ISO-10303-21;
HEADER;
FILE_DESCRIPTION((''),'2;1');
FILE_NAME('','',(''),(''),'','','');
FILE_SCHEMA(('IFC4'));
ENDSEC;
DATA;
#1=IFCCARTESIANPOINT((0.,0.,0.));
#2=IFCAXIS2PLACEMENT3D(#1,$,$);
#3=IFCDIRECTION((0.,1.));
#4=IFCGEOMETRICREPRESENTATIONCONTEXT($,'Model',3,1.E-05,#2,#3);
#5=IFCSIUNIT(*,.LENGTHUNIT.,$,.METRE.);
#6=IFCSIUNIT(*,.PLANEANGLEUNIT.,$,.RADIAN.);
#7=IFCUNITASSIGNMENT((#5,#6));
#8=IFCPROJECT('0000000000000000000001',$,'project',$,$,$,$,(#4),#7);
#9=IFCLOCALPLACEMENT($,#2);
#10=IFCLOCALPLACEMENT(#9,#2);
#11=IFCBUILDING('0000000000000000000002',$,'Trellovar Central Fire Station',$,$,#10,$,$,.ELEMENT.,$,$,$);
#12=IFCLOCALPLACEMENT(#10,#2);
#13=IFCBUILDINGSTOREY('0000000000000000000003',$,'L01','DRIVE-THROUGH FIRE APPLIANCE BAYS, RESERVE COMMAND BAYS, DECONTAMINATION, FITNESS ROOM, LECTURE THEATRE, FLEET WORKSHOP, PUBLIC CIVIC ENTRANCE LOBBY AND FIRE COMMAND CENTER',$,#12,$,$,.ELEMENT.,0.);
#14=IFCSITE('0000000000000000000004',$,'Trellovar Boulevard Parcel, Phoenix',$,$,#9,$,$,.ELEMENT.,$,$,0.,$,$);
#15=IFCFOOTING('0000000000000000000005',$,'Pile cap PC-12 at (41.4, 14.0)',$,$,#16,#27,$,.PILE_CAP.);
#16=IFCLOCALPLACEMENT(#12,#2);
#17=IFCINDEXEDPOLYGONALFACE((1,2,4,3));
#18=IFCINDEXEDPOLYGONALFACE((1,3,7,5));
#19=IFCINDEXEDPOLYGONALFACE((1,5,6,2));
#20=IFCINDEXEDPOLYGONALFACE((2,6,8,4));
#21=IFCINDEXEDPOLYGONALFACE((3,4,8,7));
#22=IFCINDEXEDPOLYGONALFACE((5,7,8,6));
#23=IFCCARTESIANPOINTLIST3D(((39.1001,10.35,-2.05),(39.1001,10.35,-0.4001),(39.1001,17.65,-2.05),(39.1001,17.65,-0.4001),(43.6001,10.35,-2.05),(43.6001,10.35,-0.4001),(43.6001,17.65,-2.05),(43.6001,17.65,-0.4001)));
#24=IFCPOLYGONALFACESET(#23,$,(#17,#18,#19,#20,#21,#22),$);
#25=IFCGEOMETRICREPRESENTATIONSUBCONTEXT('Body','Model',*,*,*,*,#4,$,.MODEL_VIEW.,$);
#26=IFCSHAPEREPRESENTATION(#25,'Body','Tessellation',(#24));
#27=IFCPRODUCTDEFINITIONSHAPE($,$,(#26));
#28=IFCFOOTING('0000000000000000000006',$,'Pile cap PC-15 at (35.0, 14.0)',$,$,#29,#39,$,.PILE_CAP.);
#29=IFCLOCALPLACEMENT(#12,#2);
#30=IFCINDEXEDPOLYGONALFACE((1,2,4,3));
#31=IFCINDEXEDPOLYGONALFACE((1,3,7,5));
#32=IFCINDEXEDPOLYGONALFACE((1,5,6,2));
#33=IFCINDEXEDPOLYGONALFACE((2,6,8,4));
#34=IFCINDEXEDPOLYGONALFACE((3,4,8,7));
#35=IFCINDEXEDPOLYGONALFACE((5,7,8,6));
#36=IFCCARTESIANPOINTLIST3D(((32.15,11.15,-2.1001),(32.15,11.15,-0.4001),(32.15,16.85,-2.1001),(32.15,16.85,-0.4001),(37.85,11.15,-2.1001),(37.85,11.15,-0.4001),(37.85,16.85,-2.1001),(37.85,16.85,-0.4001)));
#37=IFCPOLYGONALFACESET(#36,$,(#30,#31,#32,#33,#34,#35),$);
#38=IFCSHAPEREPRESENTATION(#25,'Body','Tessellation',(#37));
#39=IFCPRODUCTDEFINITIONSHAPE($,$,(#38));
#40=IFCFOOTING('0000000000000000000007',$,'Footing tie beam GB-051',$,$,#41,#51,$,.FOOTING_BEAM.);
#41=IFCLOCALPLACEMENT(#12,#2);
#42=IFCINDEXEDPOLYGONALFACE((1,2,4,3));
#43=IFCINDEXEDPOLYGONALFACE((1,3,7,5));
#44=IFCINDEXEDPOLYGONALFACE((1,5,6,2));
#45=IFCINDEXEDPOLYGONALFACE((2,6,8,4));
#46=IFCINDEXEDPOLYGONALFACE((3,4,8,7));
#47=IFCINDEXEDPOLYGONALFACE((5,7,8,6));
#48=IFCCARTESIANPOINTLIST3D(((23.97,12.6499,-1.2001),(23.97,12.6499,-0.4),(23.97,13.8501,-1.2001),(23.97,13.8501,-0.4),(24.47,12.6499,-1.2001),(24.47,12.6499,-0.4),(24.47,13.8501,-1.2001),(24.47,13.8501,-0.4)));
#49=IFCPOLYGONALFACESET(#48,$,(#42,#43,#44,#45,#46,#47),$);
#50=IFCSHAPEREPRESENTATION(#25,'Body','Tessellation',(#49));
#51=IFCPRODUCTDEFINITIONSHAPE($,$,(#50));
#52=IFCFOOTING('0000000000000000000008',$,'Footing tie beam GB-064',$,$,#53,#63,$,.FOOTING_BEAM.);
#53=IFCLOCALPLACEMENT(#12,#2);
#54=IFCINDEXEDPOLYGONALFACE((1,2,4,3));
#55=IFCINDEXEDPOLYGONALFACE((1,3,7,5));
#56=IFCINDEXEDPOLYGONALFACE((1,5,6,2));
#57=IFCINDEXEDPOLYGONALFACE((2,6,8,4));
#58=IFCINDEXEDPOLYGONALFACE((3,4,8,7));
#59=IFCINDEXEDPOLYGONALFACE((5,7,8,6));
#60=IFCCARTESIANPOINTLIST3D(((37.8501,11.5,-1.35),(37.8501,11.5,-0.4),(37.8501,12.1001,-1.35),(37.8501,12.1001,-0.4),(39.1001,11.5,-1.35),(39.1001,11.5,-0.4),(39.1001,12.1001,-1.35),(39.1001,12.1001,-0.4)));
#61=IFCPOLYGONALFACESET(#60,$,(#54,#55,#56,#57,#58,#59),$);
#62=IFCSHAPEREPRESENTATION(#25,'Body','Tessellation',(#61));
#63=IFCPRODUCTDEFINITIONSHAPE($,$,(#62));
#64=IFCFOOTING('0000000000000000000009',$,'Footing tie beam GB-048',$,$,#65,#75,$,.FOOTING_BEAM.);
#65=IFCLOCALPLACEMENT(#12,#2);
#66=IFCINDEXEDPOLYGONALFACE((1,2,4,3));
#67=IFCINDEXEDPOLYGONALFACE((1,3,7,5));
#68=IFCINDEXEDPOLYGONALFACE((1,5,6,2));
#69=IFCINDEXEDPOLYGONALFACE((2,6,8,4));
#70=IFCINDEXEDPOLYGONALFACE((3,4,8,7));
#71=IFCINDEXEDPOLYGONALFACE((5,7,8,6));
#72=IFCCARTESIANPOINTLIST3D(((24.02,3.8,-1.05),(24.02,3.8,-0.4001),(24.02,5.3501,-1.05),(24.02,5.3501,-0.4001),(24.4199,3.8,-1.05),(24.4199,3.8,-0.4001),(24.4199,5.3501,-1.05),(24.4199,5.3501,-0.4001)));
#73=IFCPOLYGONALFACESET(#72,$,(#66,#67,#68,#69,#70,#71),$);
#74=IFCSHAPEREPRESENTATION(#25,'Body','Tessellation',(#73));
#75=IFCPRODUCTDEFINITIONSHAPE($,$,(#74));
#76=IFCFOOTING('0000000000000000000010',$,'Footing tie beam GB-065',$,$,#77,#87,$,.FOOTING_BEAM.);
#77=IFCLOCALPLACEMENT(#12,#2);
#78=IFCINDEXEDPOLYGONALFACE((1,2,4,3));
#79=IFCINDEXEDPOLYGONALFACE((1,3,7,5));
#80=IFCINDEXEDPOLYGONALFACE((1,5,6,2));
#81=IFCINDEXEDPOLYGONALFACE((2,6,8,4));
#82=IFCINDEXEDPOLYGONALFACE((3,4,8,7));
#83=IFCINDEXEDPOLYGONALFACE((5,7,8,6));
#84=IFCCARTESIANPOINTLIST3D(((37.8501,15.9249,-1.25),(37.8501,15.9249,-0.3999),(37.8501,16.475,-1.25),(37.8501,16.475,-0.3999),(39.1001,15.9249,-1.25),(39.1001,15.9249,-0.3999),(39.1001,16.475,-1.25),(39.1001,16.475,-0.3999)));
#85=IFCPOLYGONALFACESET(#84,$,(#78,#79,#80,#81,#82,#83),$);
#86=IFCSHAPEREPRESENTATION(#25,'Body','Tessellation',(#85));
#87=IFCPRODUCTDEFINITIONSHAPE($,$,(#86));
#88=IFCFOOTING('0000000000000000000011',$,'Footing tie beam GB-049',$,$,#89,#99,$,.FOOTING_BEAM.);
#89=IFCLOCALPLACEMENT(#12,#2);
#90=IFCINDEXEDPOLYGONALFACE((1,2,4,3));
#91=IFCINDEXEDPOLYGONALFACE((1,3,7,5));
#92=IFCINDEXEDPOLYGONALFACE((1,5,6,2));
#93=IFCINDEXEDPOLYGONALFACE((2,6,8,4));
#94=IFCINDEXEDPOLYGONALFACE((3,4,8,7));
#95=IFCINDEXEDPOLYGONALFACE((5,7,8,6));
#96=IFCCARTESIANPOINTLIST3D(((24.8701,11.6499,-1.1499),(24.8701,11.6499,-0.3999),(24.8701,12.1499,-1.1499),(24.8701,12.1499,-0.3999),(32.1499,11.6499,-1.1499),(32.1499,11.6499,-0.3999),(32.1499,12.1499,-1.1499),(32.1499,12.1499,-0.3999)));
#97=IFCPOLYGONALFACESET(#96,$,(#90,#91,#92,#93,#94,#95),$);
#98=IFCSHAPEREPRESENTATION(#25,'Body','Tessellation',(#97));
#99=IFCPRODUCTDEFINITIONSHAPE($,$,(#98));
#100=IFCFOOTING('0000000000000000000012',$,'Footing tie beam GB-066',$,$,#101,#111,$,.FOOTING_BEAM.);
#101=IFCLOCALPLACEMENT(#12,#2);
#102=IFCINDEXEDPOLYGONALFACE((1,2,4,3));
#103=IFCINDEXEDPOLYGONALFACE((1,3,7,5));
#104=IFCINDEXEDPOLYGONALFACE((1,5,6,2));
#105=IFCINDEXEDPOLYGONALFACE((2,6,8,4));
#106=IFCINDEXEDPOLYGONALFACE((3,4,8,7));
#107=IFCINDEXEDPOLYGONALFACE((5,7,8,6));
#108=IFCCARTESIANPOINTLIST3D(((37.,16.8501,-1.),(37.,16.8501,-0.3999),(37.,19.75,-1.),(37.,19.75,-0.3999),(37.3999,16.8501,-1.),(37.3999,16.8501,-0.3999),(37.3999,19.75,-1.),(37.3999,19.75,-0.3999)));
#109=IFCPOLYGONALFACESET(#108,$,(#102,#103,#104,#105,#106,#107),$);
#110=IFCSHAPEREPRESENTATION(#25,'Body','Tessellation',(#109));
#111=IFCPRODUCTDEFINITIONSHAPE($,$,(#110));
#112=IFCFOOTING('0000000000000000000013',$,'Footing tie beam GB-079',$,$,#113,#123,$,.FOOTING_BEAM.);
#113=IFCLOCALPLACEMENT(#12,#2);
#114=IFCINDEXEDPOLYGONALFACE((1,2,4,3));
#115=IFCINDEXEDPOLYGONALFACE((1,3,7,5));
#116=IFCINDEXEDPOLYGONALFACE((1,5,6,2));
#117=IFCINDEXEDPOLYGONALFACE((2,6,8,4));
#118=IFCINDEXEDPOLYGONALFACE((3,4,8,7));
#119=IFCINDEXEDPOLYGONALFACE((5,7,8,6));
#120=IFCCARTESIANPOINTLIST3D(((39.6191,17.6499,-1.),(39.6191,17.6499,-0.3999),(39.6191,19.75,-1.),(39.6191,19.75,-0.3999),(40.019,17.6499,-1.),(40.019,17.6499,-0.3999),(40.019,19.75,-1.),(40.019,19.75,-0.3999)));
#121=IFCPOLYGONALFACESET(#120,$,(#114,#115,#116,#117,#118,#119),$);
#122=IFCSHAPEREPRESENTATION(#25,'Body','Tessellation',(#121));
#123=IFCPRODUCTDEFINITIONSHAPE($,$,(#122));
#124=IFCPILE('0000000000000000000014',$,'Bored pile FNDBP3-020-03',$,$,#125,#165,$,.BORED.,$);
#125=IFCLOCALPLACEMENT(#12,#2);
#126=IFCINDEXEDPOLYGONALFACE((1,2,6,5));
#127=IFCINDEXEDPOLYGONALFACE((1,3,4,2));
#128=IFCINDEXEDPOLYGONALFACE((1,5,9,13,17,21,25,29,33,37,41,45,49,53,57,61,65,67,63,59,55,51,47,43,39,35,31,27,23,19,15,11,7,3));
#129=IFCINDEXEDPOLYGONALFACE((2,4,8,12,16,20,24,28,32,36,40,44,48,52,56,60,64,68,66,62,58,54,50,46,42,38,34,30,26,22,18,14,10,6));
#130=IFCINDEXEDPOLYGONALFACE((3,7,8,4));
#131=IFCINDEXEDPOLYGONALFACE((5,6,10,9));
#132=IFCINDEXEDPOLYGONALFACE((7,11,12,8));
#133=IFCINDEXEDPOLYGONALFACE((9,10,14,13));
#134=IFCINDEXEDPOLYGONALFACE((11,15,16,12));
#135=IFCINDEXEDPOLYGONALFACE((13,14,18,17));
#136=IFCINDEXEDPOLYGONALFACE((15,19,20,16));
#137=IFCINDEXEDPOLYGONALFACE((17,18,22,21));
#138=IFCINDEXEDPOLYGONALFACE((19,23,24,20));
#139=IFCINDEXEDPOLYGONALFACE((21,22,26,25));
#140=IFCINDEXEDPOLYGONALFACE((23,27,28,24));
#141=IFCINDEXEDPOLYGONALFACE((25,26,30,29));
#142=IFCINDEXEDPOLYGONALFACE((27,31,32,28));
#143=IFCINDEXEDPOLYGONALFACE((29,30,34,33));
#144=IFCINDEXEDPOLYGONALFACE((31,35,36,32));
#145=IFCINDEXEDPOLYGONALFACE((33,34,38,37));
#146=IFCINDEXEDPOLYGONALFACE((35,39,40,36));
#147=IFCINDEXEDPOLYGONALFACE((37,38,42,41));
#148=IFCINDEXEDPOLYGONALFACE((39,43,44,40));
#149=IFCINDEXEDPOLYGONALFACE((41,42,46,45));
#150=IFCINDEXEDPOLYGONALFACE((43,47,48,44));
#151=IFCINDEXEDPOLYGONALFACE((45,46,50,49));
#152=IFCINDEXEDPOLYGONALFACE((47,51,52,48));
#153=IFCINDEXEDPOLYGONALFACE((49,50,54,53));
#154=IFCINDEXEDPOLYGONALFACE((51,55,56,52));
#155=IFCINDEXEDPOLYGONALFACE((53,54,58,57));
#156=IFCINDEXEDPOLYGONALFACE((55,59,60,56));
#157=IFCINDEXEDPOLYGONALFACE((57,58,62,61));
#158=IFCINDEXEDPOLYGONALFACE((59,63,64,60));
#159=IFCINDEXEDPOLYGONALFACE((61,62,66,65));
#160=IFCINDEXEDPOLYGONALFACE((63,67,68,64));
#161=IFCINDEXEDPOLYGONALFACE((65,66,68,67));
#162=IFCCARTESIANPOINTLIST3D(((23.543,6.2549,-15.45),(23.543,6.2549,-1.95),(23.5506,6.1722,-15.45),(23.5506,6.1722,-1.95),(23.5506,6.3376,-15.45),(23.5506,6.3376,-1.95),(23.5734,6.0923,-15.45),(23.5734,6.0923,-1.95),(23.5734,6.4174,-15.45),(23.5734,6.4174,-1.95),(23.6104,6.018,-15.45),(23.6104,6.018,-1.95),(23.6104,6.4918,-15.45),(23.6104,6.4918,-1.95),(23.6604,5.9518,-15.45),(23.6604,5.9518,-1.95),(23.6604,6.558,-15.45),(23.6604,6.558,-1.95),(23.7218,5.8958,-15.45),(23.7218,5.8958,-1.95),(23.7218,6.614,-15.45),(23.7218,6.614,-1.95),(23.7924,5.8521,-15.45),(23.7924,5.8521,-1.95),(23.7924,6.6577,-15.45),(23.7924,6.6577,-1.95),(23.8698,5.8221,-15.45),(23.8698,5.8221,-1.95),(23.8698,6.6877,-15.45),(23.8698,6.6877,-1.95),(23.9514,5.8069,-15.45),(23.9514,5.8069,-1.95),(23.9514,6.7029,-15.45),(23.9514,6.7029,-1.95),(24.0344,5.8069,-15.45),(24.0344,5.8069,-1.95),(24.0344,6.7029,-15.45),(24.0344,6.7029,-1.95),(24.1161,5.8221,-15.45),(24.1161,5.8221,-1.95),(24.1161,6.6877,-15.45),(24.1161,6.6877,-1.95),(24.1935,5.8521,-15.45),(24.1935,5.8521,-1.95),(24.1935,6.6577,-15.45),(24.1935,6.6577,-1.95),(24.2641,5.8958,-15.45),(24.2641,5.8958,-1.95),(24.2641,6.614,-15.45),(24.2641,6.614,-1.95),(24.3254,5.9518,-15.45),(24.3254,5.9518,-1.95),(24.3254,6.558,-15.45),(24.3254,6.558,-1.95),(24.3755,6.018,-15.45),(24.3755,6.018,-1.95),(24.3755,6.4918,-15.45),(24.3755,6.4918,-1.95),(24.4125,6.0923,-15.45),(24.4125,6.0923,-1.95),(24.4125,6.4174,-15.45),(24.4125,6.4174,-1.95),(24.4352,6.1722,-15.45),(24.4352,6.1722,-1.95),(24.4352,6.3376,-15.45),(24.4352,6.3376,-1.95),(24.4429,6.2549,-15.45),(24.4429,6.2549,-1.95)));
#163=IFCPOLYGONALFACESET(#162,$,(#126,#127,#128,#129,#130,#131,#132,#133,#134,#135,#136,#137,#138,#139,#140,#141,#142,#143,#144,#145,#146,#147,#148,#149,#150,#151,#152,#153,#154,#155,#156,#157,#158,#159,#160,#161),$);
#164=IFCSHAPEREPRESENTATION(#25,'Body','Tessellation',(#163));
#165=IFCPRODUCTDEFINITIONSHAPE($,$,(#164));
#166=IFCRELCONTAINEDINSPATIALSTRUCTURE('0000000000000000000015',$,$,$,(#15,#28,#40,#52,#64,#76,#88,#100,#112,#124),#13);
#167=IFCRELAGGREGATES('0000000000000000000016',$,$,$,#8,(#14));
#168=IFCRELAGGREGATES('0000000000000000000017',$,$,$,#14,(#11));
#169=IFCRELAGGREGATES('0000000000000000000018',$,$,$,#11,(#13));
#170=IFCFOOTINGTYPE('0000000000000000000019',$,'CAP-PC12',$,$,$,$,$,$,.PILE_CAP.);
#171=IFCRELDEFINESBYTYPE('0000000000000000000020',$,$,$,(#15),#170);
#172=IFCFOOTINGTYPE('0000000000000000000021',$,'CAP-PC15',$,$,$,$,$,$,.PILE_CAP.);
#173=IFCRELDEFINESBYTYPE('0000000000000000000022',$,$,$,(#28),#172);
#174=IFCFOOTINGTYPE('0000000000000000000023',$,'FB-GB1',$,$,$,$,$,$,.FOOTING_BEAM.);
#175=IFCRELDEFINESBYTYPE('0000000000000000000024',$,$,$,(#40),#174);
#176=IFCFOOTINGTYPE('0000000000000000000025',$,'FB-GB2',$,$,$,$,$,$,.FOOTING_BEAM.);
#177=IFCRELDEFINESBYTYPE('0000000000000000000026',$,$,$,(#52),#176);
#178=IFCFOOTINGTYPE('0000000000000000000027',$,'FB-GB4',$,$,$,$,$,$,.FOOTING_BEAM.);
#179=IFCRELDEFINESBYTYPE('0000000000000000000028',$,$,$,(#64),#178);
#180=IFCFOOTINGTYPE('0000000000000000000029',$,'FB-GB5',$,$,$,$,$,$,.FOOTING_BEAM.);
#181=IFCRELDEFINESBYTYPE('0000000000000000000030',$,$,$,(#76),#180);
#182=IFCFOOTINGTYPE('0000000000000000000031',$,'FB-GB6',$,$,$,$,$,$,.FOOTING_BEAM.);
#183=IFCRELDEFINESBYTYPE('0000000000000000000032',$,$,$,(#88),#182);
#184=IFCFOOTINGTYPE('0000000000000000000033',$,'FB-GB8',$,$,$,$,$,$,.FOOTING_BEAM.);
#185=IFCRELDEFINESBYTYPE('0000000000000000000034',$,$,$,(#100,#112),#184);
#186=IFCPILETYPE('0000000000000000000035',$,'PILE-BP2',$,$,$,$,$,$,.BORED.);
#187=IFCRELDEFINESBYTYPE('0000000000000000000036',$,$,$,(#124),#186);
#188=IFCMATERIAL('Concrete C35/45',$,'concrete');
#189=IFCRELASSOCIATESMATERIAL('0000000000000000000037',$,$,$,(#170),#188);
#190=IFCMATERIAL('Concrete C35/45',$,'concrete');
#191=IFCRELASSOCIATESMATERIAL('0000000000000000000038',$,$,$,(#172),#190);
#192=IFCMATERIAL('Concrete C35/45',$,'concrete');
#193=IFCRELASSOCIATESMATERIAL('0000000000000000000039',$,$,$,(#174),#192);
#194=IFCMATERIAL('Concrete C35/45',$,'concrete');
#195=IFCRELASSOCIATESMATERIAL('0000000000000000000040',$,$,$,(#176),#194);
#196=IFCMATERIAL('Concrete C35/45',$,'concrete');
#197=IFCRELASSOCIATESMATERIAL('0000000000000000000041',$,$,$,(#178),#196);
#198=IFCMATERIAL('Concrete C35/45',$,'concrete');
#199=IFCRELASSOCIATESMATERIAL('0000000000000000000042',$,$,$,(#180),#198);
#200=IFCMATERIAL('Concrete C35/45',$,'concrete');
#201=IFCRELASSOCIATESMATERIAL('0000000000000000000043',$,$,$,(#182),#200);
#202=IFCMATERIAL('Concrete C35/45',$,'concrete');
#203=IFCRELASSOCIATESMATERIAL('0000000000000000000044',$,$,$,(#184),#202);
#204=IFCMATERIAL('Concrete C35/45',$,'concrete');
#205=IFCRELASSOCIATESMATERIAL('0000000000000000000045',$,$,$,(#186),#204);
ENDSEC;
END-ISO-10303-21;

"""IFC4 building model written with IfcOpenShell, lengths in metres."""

from ifc_helpers import new_model, si_unit, direction, frame, origin, origin_2d, place, context, subcontext, project, spatial, rectangle, circle, extrude, material, material_profile, profile_set, type_object, element, save


model = new_model("IFC4")

# Units and contexts
model_context = context("Model", 3, precision=1e-05, world=origin(), true_north=direction((0.0, 1.0)))
body_context = subcontext(model_context, "Body", "Model", "MODEL_VIEW")
ifc_project = project(units=[si_unit("LENGTHUNIT", "METRE"), si_unit("PLANEANGLEUNIT", "RADIAN")], contexts=[model_context])

# Site, building, storey
site_placement = place(None, origin())
site = spatial("IfcSite", under=ifc_project, at=site_placement, Name="Trellovar Boulevard Parcel, Phoenix", CompositionType="ELEMENT", RefElevation=0.0)
building_placement = place(site_placement, origin())
building = spatial("IfcBuilding", under=site, at=building_placement, Name="Trellovar Central Fire Station", CompositionType="ELEMENT")
storey_placement = place(building_placement, origin())
storey = spatial("IfcBuildingStorey", under=building, at=storey_placement, Name="L01", Description="DRIVE-THROUGH FIRE APPLIANCE BAYS, RESERVE COMMAND BAYS, DECONTAMINATION, FITNESS ROOM, LECTURE THEATRE, FLEET WORKSHOP, PUBLIC CIVIC ENTRANCE LOBBY AND FIRE COMMAND CENTER", CompositionType="ELEMENT", Elevation=0.0)

# Footings
ifc_material_1 = material(Name="Concrete C35/45", Category="concrete")
footing_type_1 = type_object("IfcFootingType", Name="CAP-PC12", PredefinedType="PILE_CAP", material=ifc_material_1)
footing_1_placement = place(storey_placement, frame((41.3501, 14.0, -2.05), z_axis=(0.0, 0.0, 1.0), x_axis=(1.0, 0.0, 0.0)))
element("IfcFooting", 1, at=footing_1_placement, inside=storey, type_object=footing_type_1, Name="Pile cap PC-12 at (41.4, 14.0)", PredefinedType="PILE_CAP", context=body_context, shape_type="SweptSolid", body=[
    extrude(rectangle(XDim=4.5, YDim=7.3, at=origin_2d()), origin(), (0.0, 0.0, 1.0), 1.6499),
])
ifc_material_2 = material(Name="Concrete C35/45", Category="concrete")
footing_type_2 = type_object("IfcFootingType", Name="CAP-PC15", PredefinedType="PILE_CAP", material=ifc_material_2)
footing_2_placement = place(storey_placement, frame((35.0, 14.0, -2.1001), z_axis=(0.0, 0.0, 1.0), x_axis=(1.0, 0.0, 0.0)))
element("IfcFooting", 2, at=footing_2_placement, inside=storey, type_object=footing_type_2, Name="Pile cap PC-15 at (35.0, 14.0)", PredefinedType="PILE_CAP", context=body_context, shape_type="SweptSolid", body=[
    extrude(rectangle(XDim=5.7, YDim=5.7, at=origin_2d()), origin(), (0.0, 0.0, 1.0), 1.7),
])
ifc_material_3 = material(Name="Concrete C35/45", Category="concrete")
ifc_material_profile_1 = material_profile(ifc_material_3, rectangle(XDim=0.5, YDim=0.8, at=origin_2d()), Name="RC500X800")
ifc_profile_set_1 = profile_set([ifc_material_profile_1], Name="Concrete C35/45")
footing_type_3 = type_object("IfcFootingType", Name="FB-GB1", PredefinedType="FOOTING_BEAM", material=ifc_profile_set_1)
footing_3_placement = place(storey_placement, frame((24.22, 12.6499, -0.8), z_axis=(0.0, 1.0, 0.0), x_axis=(-1.0, 0.0, 0.0)))
element("IfcFooting", 3, at=footing_3_placement, inside=storey, type_object=footing_type_3, Name="Footing tie beam GB-051", PredefinedType="FOOTING_BEAM", context=body_context, shape_type="SweptSolid", body=[
    extrude(rectangle(XDim=0.5, YDim=0.8, at=origin_2d()), origin(), (0.0, 0.0, 1.0), 1.2002),
])
ifc_material_4 = material(Name="Concrete C35/45", Category="concrete")
ifc_material_profile_2 = material_profile(ifc_material_4, rectangle(XDim=0.6001, YDim=0.95, at=origin_2d()), Name="RC600X950")
ifc_profile_set_2 = profile_set([ifc_material_profile_2], Name="Concrete C35/45")
footing_type_4 = type_object("IfcFootingType", Name="FB-GB2", PredefinedType="FOOTING_BEAM", material=ifc_profile_set_2)
footing_4_placement = place(storey_placement, frame((37.8501, 11.8, -0.875), z_axis=(1.0, 0.0, 0.0), x_axis=(0.0, 1.0, 0.0)))
element("IfcFooting", 4, at=footing_4_placement, inside=storey, type_object=footing_type_4, Name="Footing tie beam GB-064", PredefinedType="FOOTING_BEAM", context=body_context, shape_type="SweptSolid", body=[
    extrude(rectangle(XDim=0.6001, YDim=0.95, at=origin_2d()), origin(), (0.0, 0.0, 1.0), 1.25),
])
ifc_material_5 = material(Name="Concrete C35/45", Category="concrete")
ifc_material_profile_3 = material_profile(ifc_material_5, rectangle(XDim=0.3999, YDim=0.6499, at=origin_2d()), Name="RC400X650")
ifc_profile_set_3 = profile_set([ifc_material_profile_3], Name="Concrete C35/45")
footing_type_5 = type_object("IfcFootingType", Name="FB-GB4", PredefinedType="FOOTING_BEAM", material=ifc_profile_set_3)
footing_5_placement = place(storey_placement, frame((24.22, 3.8, -0.7251), z_axis=(0.0, 1.0, 0.0), x_axis=(-1.0, 0.0, 0.0)))
element("IfcFooting", 5, at=footing_5_placement, inside=storey, type_object=footing_type_5, Name="Footing tie beam GB-048", PredefinedType="FOOTING_BEAM", context=body_context, shape_type="SweptSolid", body=[
    extrude(rectangle(XDim=0.3999, YDim=0.6499, at=origin_2d()), origin(), (0.0, 0.0, 1.0), 1.55),
])
ifc_material_6 = material(Name="Concrete C35/45", Category="concrete")
ifc_material_profile_4 = material_profile(ifc_material_6, rectangle(XDim=0.55, YDim=0.8501, at=origin_2d()), Name="RC550X850")
ifc_profile_set_4 = profile_set([ifc_material_profile_4], Name="Concrete C35/45")
footing_type_6 = type_object("IfcFootingType", Name="FB-GB5", PredefinedType="FOOTING_BEAM", material=ifc_profile_set_4)
footing_6_placement = place(storey_placement, frame((37.8501, 16.2, -0.825), z_axis=(1.0, 0.0, 0.0), x_axis=(0.0, 1.0, 0.0)))
element("IfcFooting", 6, at=footing_6_placement, inside=storey, type_object=footing_type_6, Name="Footing tie beam GB-065", PredefinedType="FOOTING_BEAM", context=body_context, shape_type="SweptSolid", body=[
    extrude(rectangle(XDim=0.55, YDim=0.8501, at=origin_2d()), origin(), (0.0, 0.0, 1.0), 1.25),
])
ifc_material_7 = material(Name="Concrete C35/45", Category="concrete")
ifc_material_profile_5 = material_profile(ifc_material_7, rectangle(XDim=0.5, YDim=0.75, at=origin_2d()), Name="RC500X750")
ifc_profile_set_5 = profile_set([ifc_material_profile_5], Name="Concrete C35/45")
footing_type_7 = type_object("IfcFootingType", Name="FB-GB6", PredefinedType="FOOTING_BEAM", material=ifc_profile_set_5)
footing_7_placement = place(storey_placement, frame((24.8701, 11.8999, -0.7749), z_axis=(1.0, 0.0, 0.0), x_axis=(0.0, 1.0, 0.0)))
element("IfcFooting", 7, at=footing_7_placement, inside=storey, type_object=footing_type_7, Name="Footing tie beam GB-049", PredefinedType="FOOTING_BEAM", context=body_context, shape_type="SweptSolid", body=[
    extrude(rectangle(XDim=0.5, YDim=0.75, at=origin_2d()), origin(), (0.0, 0.0, 1.0), 7.2798),
])
ifc_material_8 = material(Name="Concrete C35/45", Category="concrete")
ifc_material_profile_6 = material_profile(ifc_material_8, rectangle(XDim=0.3999, YDim=0.6001, at=origin_2d()), Name="RC400X600")
ifc_profile_set_6 = profile_set([ifc_material_profile_6], Name="Concrete C35/45")
footing_type_8 = type_object("IfcFootingType", Name="FB-GB8", PredefinedType="FOOTING_BEAM", material=ifc_profile_set_6)
footing_8_placement = place(storey_placement, frame((37.2, 16.8501, -0.7), z_axis=(0.0, 1.0, 0.0), x_axis=(-1.0, 0.0, 0.0)))
element("IfcFooting", 8, at=footing_8_placement, inside=storey, type_object=footing_type_8, Name="Footing tie beam GB-066", PredefinedType="FOOTING_BEAM", context=body_context, shape_type="SweptSolid", body=[
    extrude(rectangle(XDim=0.3999, YDim=0.6001, at=origin_2d()), origin(), (0.0, 0.0, 1.0), 2.8999),
])
footing_9_placement = place(storey_placement, frame((39.8191, 17.6499, -0.7), z_axis=(0.0, 1.0, 0.0), x_axis=(-1.0, 0.0, 0.0)))
element("IfcFooting", 9, at=footing_9_placement, inside=storey, type_object=footing_type_8, Name="Footing tie beam GB-079", PredefinedType="FOOTING_BEAM", context=body_context, shape_type="SweptSolid", body=[
    extrude(rectangle(XDim=0.3999, YDim=0.6001, at=origin_2d()), origin(), (0.0, 0.0, 1.0), 2.1001),
])

# Pile
ifc_material_9 = material(Name="Concrete C35/45", Category="concrete")
ifc_material_profile_7 = material_profile(ifc_material_9, circle(Radius=0.45, at=origin_2d()), Name="PILE900")
ifc_profile_set_7 = profile_set([ifc_material_profile_7], Name="Concrete C35/45")
pile_type_1 = type_object("IfcPileType", Name="PILE-BP2", PredefinedType="BORED", material=ifc_profile_set_7)
for number, where, z_axis, x_axis, name in (
    (10, (23.9929, 6.2549, -1.95), (0.0, 0.0, -1.0), (1.0, 0.0, 0.0), "Bored pile FNDBP3-020-03"),
):
    element("IfcPile", number, at=place(storey_placement, frame(where, z_axis=z_axis, x_axis=x_axis)), inside=storey, type_object=pile_type_1, Name=name, PredefinedType="BORED", context=body_context, shape_type="SweptSolid", body=[
        extrude(circle(Radius=0.45, at=origin_2d()), origin(), (0.0, 0.0, 1.0), 13.5),
    ])

save(model, "model.ifc")
